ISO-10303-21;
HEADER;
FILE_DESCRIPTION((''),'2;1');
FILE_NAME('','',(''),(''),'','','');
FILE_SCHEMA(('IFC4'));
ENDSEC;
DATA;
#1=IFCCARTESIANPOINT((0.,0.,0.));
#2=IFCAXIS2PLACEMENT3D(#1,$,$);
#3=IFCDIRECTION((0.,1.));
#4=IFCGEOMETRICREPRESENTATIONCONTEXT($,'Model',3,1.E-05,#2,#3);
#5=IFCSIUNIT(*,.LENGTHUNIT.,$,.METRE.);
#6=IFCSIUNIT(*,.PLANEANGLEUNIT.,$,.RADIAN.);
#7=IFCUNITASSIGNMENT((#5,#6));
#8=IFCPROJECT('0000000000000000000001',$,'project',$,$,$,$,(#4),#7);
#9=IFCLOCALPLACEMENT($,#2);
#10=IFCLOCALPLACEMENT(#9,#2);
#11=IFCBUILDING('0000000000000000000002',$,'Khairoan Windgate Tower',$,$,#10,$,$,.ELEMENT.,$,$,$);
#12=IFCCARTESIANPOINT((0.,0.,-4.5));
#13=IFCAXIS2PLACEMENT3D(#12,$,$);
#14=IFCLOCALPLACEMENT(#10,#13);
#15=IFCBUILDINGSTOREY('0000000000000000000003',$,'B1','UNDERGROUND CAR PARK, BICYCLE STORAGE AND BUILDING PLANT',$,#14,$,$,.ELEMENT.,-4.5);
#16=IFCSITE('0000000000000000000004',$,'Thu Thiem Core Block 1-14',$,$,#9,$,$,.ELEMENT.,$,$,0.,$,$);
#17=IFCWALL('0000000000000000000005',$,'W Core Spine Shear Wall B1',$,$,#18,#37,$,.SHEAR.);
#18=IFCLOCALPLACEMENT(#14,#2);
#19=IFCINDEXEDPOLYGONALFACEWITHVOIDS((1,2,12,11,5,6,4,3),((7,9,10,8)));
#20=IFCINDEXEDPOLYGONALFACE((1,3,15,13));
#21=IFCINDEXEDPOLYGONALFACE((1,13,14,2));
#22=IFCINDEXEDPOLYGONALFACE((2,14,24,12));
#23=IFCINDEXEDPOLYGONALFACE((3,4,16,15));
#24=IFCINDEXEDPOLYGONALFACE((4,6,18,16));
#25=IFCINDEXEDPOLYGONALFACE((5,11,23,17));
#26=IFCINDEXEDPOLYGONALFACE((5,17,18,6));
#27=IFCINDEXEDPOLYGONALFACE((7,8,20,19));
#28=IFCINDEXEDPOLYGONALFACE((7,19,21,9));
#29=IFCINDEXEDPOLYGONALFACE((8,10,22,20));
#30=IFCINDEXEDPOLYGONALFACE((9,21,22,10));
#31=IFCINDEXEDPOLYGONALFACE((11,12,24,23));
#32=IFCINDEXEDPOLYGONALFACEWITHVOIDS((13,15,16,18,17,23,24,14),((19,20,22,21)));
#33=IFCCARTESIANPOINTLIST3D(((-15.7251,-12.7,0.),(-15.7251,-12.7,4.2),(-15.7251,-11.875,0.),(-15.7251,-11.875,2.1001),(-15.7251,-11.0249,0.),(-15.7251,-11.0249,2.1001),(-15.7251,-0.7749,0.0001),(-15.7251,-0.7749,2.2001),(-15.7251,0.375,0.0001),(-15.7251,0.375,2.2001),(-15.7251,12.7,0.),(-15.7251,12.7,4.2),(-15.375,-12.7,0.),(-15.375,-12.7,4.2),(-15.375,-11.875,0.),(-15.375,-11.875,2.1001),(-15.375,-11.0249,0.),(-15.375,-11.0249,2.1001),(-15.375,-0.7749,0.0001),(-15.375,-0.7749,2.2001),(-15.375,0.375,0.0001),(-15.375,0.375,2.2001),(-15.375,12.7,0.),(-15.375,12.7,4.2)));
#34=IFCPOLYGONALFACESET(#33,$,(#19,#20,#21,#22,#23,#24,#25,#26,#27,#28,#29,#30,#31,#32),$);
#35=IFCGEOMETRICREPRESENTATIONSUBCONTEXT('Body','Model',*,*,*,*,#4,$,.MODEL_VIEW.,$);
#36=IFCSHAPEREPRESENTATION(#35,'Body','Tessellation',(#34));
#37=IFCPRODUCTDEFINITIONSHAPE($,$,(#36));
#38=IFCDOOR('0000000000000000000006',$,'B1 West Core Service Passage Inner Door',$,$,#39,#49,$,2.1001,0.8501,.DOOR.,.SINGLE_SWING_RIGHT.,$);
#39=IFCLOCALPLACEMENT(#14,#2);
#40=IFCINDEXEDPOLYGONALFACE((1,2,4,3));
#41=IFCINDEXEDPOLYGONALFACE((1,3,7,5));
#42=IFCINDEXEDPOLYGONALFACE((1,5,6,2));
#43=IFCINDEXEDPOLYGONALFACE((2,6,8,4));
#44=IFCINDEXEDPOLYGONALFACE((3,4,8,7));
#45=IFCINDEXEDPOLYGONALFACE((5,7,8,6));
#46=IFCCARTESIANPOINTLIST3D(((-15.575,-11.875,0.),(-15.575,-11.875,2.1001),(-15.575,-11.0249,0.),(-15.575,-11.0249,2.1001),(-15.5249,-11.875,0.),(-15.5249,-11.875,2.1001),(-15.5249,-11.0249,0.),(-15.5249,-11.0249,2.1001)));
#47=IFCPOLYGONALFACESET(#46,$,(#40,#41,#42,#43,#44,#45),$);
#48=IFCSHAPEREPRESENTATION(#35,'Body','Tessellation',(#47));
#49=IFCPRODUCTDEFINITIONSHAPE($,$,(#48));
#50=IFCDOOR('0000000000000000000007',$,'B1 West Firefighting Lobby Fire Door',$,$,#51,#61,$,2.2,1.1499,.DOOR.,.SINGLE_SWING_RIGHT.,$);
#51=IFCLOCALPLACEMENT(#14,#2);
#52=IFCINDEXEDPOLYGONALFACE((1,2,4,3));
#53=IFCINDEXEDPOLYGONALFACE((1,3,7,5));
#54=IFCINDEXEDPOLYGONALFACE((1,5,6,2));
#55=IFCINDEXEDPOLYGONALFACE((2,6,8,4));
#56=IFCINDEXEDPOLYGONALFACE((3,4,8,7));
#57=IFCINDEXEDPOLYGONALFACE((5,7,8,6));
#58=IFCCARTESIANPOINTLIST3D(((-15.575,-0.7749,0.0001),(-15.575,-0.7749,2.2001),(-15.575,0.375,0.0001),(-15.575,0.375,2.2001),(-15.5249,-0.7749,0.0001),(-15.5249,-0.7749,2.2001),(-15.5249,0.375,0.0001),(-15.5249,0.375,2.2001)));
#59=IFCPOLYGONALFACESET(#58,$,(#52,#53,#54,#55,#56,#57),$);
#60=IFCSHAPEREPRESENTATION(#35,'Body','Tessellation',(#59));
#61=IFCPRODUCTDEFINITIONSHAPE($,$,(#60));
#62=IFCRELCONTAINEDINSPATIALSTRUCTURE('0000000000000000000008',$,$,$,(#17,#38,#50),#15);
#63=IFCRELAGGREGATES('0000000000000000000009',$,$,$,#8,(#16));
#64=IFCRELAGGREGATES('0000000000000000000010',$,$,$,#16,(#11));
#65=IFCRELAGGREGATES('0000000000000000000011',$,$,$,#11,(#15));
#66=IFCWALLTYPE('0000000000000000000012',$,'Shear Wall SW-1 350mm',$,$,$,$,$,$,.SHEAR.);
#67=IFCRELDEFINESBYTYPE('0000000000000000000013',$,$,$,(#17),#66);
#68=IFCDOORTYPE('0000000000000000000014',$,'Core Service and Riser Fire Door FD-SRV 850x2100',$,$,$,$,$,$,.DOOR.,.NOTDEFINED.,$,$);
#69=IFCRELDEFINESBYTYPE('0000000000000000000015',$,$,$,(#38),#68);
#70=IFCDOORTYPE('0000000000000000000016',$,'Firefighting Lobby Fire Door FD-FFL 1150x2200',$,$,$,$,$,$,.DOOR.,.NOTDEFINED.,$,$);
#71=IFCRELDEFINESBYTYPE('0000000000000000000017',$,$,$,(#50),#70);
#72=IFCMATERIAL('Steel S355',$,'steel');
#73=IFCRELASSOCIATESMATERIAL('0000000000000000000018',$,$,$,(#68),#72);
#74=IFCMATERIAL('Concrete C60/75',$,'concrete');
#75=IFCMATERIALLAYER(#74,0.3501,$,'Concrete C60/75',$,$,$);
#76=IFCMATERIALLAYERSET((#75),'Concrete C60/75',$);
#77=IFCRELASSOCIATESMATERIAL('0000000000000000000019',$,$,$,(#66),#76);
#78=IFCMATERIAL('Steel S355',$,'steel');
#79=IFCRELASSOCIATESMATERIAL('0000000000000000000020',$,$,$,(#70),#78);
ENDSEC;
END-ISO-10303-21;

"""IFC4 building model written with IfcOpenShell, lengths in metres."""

from ifc_helpers import new_model, si_unit, direction, frame, frame_2d, origin, place, context, subcontext, project, spatial, rectangle, extrude, material, layer, layer_set, type_object, element, fill, save


model = new_model("IFC4")

# Units and contexts
model_context = context("Model", 3, precision=1e-05, world=origin(), true_north=direction((0.0, 1.0)))
body_context = subcontext(model_context, "Body", "Model", "MODEL_VIEW")
ifc_project = project(units=[si_unit("LENGTHUNIT", "METRE"), si_unit("PLANEANGLEUNIT", "RADIAN")], contexts=[model_context])

# Site, building, storey
site_placement = place(None, origin())
site = spatial("IfcSite", under=ifc_project, at=site_placement, Name="Thu Thiem Core Block 1-14", CompositionType="ELEMENT", RefElevation=0.0)
building_placement = place(site_placement, origin())
building = spatial("IfcBuilding", under=site, at=building_placement, Name="Khairoan Windgate Tower", CompositionType="ELEMENT")
storey_placement = place(building_placement, frame((0.0, 0.0, -4.5)))
storey = spatial("IfcBuildingStorey", under=building, at=storey_placement, Name="B1", Description="UNDERGROUND CAR PARK, BICYCLE STORAGE AND BUILDING PLANT", CompositionType="ELEMENT", Elevation=-4.5)

# Shared definitions
ifc_material_1 = material(Name="Steel S355", Category="steel")
door_type_1 = type_object("IfcDoorType", Name="Core Service and Riser Fire Door FD-SRV 850x2100", OperationType="NOTDEFINED", PredefinedType="DOOR", material=ifc_material_1)

# Wall, openings, doors
ifc_material_2 = material(Name="Concrete C60/75", Category="concrete")
ifc_layer_1 = layer(ifc_material_2, 0.3501, Name="Concrete C60/75")
ifc_layer_set_1 = layer_set([ifc_layer_1], Name="Concrete C60/75")
wall_type_1 = type_object("IfcWallType", Name="Shear Wall SW-1 350mm", PredefinedType="SHEAR", material=ifc_layer_set_1)
wall_1_placement = place(storey_placement, frame((-15.55, -12.7, 0.0), z_axis=(0.0, 0.0, 1.0), x_axis=(0.0, 1.0, 0.0)))
wall_1 = element("IfcWall", 1, at=wall_1_placement, inside=storey, type_object=wall_type_1, Name="W Core Spine Shear Wall B1", PredefinedType="SHEAR", context=body_context, shape_type="SweptSolid", body=[
    extrude(rectangle(XDim=25.3999, YDim=0.3501, at=frame_2d((12.7, 0.0))), origin(), (0.0, 0.0, 1.0), 4.2),
])
opening_1_placement = place(wall_1_placement, frame((11.925, 0.0, 0.0)))
opening_1 = element("IfcOpeningElement", 2, at=opening_1_placement, cuts=wall_1, PredefinedType="OPENING", context=body_context, shape_type="SweptSolid", body=[
    extrude(rectangle(XDim=1.1499, YDim=2.2, at=frame_2d((0.575, 1.1001))), frame((0.0, 0.1851, 0.0), z_axis=(0.0, -1.0, 0.0), x_axis=(1.0, 0.0, 0.0)), (0.0, 0.0, 1.0), 0.3701),
])
opening_2_placement = place(wall_1_placement, frame((0.825, 0.0, 0.0)))
opening_2 = element("IfcOpeningElement", 3, at=opening_2_placement, cuts=wall_1, PredefinedType="OPENING", context=body_context, shape_type="SweptSolid", body=[
    extrude(rectangle(XDim=0.8501, YDim=2.1001, at=frame_2d((0.425, 1.05))), frame((0.0, 0.1851, 0.0), z_axis=(0.0, -1.0, 0.0), x_axis=(1.0, 0.0, 0.0)), (0.0, 0.0, 1.0), 0.3701),
])
door_1_placement = place(opening_2_placement, origin())
door_1 = element("IfcDoor", 4, at=door_1_placement, inside=storey, type_object=door_type_1, Name="B1 West Core Service Passage Inner Door", OperationType="SINGLE_SWING_RIGHT", OverallHeight=2.1001, OverallWidth=0.8501, PredefinedType="DOOR", context=body_context, shape_type="SweptSolid", body=[
    extrude(rectangle(XDim=0.8501, YDim=2.1001, at=frame_2d((0.425, 1.05))), frame((0.0, 0.0249, 0.0), z_axis=(0.0, -1.0, 0.0), x_axis=(1.0, 0.0, 0.0)), (0.0, 0.0, 1.0), 0.05),
])
fill(opening_2, door_1)
ifc_material_3 = material(Name="Steel S355", Category="steel")
door_type_2 = type_object("IfcDoorType", Name="Firefighting Lobby Fire Door FD-FFL 1150x2200", OperationType="NOTDEFINED", PredefinedType="DOOR", material=ifc_material_3)
door_2_placement = place(opening_1_placement, origin())
door_2 = element("IfcDoor", 5, at=door_2_placement, inside=storey, type_object=door_type_2, Name="B1 West Firefighting Lobby Fire Door", OperationType="SINGLE_SWING_RIGHT", OverallHeight=2.2, OverallWidth=1.1499, PredefinedType="DOOR", context=body_context, shape_type="SweptSolid", body=[
    extrude(rectangle(XDim=1.1499, YDim=2.2, at=frame_2d((0.575, 1.1001))), frame((0.0, 0.0249, 0.0), z_axis=(0.0, -1.0, 0.0), x_axis=(1.0, 0.0, 0.0)), (0.0, 0.0, 1.0), 0.05),
])
fill(opening_1, door_2)

save(model, "model.ifc")
